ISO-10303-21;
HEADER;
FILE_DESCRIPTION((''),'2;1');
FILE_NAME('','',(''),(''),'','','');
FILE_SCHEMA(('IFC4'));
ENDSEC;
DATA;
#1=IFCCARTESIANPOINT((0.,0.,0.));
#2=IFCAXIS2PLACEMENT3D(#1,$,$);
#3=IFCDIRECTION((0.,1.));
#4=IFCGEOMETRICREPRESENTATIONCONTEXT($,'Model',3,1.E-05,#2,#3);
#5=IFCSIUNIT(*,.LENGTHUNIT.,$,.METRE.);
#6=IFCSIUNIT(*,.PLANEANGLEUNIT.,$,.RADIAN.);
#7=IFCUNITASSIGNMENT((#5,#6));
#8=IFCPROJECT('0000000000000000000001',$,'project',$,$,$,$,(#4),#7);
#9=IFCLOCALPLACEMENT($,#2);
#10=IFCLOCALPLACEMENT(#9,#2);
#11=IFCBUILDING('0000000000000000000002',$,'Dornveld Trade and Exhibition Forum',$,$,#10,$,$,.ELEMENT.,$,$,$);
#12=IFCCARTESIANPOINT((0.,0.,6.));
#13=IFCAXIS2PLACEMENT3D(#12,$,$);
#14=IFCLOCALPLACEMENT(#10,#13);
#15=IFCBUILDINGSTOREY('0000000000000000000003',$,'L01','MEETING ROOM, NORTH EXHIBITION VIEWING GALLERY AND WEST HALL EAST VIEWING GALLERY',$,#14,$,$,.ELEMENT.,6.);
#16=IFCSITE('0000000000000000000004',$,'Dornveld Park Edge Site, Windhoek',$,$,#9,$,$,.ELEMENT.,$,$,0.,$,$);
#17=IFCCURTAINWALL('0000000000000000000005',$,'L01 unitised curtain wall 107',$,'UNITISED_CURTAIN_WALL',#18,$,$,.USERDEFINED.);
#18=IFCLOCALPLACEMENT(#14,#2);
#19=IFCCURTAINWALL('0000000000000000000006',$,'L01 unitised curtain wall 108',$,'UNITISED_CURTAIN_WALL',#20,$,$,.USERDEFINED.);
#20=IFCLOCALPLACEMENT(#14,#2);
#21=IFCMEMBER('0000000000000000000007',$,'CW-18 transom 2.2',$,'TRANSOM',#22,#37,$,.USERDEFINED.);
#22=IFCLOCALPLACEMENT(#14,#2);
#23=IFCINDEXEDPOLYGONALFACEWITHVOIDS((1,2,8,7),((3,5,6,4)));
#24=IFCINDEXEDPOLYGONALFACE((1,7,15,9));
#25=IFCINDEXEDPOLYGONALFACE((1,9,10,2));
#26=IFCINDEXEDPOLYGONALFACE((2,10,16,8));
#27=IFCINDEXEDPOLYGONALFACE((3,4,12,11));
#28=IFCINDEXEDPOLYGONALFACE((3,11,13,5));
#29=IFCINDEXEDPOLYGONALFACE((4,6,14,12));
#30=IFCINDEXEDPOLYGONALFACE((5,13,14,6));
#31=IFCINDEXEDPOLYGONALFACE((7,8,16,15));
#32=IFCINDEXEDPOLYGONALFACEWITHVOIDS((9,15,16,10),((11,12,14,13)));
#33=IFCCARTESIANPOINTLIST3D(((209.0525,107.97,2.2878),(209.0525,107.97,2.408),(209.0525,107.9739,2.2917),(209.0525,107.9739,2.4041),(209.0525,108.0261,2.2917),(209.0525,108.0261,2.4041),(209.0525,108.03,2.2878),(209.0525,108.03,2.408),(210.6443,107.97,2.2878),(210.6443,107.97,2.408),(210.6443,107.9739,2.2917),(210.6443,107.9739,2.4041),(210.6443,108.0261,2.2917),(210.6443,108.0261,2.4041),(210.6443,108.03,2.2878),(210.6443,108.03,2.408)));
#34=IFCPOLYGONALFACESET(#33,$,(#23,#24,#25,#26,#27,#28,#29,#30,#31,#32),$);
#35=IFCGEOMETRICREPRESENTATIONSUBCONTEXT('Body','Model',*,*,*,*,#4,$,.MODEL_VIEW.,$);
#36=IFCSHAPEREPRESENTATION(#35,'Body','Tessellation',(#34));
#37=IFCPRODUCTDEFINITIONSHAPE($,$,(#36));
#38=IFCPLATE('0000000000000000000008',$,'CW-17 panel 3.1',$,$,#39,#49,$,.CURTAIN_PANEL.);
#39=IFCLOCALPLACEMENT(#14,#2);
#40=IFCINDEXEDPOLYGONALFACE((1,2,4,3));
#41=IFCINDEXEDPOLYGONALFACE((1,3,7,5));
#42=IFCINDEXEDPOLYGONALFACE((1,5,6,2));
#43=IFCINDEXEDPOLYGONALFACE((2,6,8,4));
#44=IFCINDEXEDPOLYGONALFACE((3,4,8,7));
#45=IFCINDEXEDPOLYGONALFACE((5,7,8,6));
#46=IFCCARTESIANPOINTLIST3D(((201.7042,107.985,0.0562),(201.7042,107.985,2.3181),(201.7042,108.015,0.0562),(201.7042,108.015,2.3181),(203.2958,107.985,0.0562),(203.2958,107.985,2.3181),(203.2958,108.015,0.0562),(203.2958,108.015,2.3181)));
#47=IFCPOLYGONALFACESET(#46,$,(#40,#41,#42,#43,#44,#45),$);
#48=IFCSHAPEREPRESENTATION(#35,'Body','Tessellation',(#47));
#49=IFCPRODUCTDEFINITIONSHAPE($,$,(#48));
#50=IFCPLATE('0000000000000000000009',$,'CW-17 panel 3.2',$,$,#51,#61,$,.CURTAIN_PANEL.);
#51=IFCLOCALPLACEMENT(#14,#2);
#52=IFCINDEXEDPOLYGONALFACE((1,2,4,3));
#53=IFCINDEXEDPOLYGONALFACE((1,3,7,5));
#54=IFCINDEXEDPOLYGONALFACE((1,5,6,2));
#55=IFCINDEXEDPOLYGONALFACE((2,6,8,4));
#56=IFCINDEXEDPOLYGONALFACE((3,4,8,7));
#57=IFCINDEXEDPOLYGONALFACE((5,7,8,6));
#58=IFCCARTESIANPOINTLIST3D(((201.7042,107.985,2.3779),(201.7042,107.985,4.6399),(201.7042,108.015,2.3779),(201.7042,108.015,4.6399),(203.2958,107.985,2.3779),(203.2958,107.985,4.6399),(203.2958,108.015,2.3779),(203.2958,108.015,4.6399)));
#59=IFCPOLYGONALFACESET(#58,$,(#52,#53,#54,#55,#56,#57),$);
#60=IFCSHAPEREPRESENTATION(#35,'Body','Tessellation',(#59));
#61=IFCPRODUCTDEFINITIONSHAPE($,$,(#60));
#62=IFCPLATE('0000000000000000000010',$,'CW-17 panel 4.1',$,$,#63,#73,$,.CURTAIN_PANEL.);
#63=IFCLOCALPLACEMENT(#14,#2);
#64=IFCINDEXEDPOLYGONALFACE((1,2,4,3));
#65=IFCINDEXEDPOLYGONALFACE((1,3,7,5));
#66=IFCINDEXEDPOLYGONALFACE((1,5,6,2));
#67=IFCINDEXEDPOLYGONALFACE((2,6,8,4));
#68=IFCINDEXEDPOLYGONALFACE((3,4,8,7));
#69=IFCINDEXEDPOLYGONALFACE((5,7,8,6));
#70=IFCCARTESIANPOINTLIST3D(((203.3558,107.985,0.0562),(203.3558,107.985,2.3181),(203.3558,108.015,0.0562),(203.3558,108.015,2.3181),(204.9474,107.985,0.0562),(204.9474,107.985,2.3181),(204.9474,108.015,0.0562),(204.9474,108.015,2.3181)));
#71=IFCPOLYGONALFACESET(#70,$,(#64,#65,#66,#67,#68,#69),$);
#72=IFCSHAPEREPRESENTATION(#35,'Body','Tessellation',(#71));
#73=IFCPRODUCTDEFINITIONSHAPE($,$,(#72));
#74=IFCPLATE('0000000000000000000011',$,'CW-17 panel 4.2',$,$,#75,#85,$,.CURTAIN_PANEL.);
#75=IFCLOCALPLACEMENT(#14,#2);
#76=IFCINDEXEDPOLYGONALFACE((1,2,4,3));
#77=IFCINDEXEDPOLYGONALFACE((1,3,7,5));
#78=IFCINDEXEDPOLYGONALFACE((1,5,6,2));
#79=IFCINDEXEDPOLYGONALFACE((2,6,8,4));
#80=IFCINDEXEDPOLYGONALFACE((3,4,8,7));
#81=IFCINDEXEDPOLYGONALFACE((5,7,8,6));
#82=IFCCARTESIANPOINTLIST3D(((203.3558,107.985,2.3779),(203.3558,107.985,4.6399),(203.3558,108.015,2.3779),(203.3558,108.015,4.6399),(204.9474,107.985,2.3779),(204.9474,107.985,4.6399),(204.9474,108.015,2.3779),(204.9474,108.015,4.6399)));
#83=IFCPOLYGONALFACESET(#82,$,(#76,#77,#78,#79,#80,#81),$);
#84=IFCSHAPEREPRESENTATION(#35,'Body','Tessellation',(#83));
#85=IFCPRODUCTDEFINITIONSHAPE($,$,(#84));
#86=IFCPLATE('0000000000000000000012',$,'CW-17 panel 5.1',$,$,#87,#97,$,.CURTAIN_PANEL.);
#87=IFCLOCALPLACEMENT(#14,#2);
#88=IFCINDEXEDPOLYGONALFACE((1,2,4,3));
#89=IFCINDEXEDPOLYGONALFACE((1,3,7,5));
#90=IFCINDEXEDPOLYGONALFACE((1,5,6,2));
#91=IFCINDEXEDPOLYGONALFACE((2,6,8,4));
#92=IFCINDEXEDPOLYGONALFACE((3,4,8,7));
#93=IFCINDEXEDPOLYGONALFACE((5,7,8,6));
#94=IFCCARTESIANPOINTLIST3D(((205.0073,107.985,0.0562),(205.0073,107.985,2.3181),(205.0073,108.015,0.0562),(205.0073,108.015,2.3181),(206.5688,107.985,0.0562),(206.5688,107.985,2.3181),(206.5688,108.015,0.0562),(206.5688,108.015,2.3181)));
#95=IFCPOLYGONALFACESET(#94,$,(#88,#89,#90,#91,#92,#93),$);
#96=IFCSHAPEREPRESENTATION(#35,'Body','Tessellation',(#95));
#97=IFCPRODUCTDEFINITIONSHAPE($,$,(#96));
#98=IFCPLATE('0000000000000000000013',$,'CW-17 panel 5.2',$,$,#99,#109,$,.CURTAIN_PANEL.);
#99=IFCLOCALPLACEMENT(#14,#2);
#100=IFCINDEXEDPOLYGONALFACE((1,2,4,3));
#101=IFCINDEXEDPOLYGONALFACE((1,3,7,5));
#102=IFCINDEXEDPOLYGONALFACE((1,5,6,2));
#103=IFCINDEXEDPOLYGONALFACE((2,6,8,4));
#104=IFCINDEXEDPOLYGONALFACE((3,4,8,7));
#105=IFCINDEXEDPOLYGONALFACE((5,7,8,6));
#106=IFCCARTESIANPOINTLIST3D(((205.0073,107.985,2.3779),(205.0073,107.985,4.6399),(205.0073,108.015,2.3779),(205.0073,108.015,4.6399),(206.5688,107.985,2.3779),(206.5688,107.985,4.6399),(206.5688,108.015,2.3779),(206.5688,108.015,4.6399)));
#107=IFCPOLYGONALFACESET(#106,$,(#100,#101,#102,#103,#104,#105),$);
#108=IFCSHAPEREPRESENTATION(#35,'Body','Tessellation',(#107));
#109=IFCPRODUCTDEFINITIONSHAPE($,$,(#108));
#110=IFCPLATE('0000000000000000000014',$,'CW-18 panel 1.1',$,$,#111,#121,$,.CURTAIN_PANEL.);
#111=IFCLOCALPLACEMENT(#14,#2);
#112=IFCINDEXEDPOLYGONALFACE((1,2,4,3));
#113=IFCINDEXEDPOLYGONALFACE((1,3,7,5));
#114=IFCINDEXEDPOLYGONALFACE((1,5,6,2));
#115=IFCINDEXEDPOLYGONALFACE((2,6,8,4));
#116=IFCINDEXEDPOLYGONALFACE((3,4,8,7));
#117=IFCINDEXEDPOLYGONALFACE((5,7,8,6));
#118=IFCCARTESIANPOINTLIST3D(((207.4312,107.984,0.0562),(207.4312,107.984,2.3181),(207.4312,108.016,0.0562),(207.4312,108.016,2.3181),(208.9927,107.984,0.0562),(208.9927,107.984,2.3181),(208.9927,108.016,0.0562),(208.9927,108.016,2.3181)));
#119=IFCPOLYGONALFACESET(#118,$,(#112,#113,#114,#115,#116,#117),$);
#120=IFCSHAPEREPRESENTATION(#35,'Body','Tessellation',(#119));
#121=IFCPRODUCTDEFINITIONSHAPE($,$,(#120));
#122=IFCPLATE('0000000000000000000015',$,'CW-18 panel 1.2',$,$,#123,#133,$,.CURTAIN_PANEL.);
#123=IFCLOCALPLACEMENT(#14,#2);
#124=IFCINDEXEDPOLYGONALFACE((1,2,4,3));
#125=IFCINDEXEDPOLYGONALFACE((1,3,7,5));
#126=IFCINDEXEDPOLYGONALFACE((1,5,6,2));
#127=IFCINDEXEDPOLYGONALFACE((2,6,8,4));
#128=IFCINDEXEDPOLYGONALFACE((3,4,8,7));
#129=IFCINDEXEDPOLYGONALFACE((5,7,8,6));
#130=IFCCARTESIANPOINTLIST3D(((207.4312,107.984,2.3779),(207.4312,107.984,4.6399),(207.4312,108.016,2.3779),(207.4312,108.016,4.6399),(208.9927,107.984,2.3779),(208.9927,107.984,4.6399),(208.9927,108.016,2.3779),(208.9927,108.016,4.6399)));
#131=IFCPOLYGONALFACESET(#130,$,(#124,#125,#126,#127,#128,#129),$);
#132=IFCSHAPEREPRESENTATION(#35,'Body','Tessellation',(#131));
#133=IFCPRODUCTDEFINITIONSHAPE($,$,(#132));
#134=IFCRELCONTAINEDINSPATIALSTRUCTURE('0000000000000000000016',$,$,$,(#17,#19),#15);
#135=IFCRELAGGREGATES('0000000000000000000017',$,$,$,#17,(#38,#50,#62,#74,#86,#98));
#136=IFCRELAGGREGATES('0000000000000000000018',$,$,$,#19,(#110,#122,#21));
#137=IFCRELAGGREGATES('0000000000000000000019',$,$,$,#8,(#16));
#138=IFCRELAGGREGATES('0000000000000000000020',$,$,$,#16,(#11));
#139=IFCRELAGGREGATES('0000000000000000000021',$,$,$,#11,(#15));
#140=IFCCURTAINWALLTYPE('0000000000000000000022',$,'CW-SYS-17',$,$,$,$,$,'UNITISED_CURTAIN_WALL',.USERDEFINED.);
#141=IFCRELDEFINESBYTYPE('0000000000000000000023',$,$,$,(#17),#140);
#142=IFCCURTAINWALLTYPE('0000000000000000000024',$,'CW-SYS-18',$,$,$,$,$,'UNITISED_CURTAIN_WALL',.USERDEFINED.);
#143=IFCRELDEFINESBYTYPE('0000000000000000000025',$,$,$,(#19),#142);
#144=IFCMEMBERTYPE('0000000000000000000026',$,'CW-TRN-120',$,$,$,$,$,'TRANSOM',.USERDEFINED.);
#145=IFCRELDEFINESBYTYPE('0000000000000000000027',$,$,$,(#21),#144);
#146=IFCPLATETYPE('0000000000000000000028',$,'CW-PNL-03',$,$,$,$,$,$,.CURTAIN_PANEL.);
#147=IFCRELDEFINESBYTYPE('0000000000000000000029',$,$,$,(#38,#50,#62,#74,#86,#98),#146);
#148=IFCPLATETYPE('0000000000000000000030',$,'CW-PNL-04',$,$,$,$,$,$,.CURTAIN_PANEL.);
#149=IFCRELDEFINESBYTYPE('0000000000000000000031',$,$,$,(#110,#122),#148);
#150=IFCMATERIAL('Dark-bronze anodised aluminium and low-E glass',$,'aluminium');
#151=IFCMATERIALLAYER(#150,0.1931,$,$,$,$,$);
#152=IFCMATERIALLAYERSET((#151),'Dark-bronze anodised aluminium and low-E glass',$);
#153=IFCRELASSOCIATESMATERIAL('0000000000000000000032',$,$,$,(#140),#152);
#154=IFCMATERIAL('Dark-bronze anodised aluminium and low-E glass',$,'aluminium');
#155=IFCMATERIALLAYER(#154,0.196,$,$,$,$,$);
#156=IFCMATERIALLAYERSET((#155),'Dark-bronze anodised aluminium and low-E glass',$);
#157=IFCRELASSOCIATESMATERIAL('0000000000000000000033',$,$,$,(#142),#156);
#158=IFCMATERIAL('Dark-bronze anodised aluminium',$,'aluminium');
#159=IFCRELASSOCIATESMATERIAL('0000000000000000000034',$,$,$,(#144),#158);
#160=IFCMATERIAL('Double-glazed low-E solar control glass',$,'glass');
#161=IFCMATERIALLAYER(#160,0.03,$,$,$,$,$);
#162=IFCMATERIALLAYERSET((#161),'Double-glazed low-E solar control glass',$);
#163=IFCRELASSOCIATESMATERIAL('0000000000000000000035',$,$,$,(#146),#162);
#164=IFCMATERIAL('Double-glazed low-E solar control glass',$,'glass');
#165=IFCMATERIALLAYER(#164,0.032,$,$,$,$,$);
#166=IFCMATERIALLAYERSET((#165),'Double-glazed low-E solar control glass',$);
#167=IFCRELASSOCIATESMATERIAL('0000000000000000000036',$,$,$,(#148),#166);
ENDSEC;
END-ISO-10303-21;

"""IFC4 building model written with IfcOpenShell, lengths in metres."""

from ifc_helpers import new_model, si_unit, direction, frame, origin, origin_2d, place, context, subcontext, project, spatial, rectangle, hollow_rectangle, extrude, material, layer, layer_set, material_profile, profile_set, type_object, element, aggregate, save


model = new_model("IFC4")

# Units and contexts
model_context = context("Model", 3, precision=1e-05, world=origin(), true_north=direction((0.0, 1.0)))
body_context = subcontext(model_context, "Body", "Model", "MODEL_VIEW")
ifc_project = project(units=[si_unit("LENGTHUNIT", "METRE"), si_unit("PLANEANGLEUNIT", "RADIAN")], contexts=[model_context])

# Site, building, storey
site_placement = place(None, origin())
site = spatial("IfcSite", under=ifc_project, at=site_placement, Name="Dornveld Park Edge Site, Windhoek", CompositionType="ELEMENT", RefElevation=0.0)
building_placement = place(site_placement, origin())
building = spatial("IfcBuilding", under=site, at=building_placement, Name="Dornveld Trade and Exhibition Forum", CompositionType="ELEMENT")
storey_placement = place(building_placement, frame((0.0, 0.0, 6.0)))
storey = spatial("IfcBuildingStorey", under=building, at=storey_placement, Name="L01", Description="MEETING ROOM, NORTH EXHIBITION VIEWING GALLERY AND WEST HALL EAST VIEWING GALLERY", CompositionType="ELEMENT", Elevation=6.0)

# Curtain walls
ifc_material_1 = material(Name="Dark-bronze anodised aluminium and low-E glass", Category="aluminium")
ifc_layer_1 = layer(ifc_material_1, 0.1931)
ifc_layer_set_1 = layer_set([ifc_layer_1], Name="Dark-bronze anodised aluminium and low-E glass")
curtain_wall_type_1 = type_object("IfcCurtainWallType", Name="CW-SYS-17", ElementType="UNITISED_CURTAIN_WALL", PredefinedType="USERDEFINED", material=ifc_layer_set_1)
curtain_wall_1_placement = place(storey_placement, origin())
curtain_wall_1 = element("IfcCurtainWall", 1, at=curtain_wall_1_placement, inside=storey, type_object=curtain_wall_type_1, Name="L01 unitised curtain wall 107", ObjectType="UNITISED_CURTAIN_WALL", PredefinedType="USERDEFINED")
ifc_material_2 = material(Name="Dark-bronze anodised aluminium and low-E glass", Category="aluminium")
ifc_layer_2 = layer(ifc_material_2, 0.196)
ifc_layer_set_2 = layer_set([ifc_layer_2], Name="Dark-bronze anodised aluminium and low-E glass")
curtain_wall_type_2 = type_object("IfcCurtainWallType", Name="CW-SYS-18", ElementType="UNITISED_CURTAIN_WALL", PredefinedType="USERDEFINED", material=ifc_layer_set_2)
curtain_wall_2_placement = place(storey_placement, origin())
curtain_wall_2 = element("IfcCurtainWall", 2, at=curtain_wall_2_placement, inside=storey, type_object=curtain_wall_type_2, Name="L01 unitised curtain wall 108", ObjectType="UNITISED_CURTAIN_WALL", PredefinedType="USERDEFINED")

# Member
ifc_material_3 = material(Name="Dark-bronze anodised aluminium", Category="aluminium")
ifc_material_profile_1 = material_profile(ifc_material_3, hollow_rectangle(XDim=0.0601, YDim=0.1201, WallThickness=0.0039, at=origin_2d()), Name="RHS 120x60x4")
ifc_profile_set_1 = profile_set([ifc_material_profile_1], Name="Dark-bronze anodised aluminium")
member_type_1 = type_object("IfcMemberType", Name="CW-TRN-120", ElementType="TRANSOM", PredefinedType="USERDEFINED", material=ifc_profile_set_1)
member_1_placement = place(storey_placement, frame((209.0525, 108.0, 2.3479), z_axis=(1.0, 0.0, 0.0), x_axis=(0.0, 1.0, 0.0)))
member_1 = element("IfcMember", 3, at=member_1_placement, type_object=member_type_1, Name="CW-18 transom 2.2", ObjectType="TRANSOM", PredefinedType="USERDEFINED", context=body_context, shape_type="SweptSolid", body=[
    extrude(hollow_rectangle(XDim=0.0601, YDim=0.1201, WallThickness=0.0039, at=origin_2d()), origin(), (0.0, 0.0, 1.0), 1.5918),
])

# Plates
ifc_material_4 = material(Name="Double-glazed low-E solar control glass", Category="glass")
ifc_layer_3 = layer(ifc_material_4, 0.03)
ifc_layer_set_3 = layer_set([ifc_layer_3], Name="Double-glazed low-E solar control glass")
plate_type_1 = type_object("IfcPlateType", Name="CW-PNL-03", PredefinedType="CURTAIN_PANEL", material=ifc_layer_set_3)
plate_1_placement = place(storey_placement, frame((202.5, 108.0, 0.0562), z_axis=(0.0, 0.0, 1.0), x_axis=(1.0, 0.0, 0.0)))
plate_1 = element("IfcPlate", 4, at=plate_1_placement, type_object=plate_type_1, Name="CW-17 panel 3.1", PredefinedType="CURTAIN_PANEL", context=body_context, shape_type="SweptSolid", body=[
    extrude(rectangle(XDim=1.5916, YDim=0.03, at=origin_2d()), origin(), (0.0, 0.0, 1.0), 2.262),
])
plate_2_placement = place(storey_placement, frame((202.5, 108.0, 2.3779), z_axis=(0.0, 0.0, 1.0), x_axis=(1.0, 0.0, 0.0)))
plate_2 = element("IfcPlate", 5, at=plate_2_placement, type_object=plate_type_1, Name="CW-17 panel 3.2", PredefinedType="CURTAIN_PANEL", context=body_context, shape_type="SweptSolid", body=[
    extrude(rectangle(XDim=1.5916, YDim=0.03, at=origin_2d()), origin(), (0.0, 0.0, 1.0), 2.262),
])
plate_3_placement = place(storey_placement, frame((204.1516, 108.0, 0.0562), z_axis=(0.0, 0.0, 1.0), x_axis=(1.0, 0.0, 0.0)))
plate_3 = element("IfcPlate", 6, at=plate_3_placement, type_object=plate_type_1, Name="CW-17 panel 4.1", PredefinedType="CURTAIN_PANEL", context=body_context, shape_type="SweptSolid", body=[
    extrude(rectangle(XDim=1.5916, YDim=0.03, at=origin_2d()), origin(), (0.0, 0.0, 1.0), 2.262),
])
plate_4_placement = place(storey_placement, frame((204.1516, 108.0, 2.3779), z_axis=(0.0, 0.0, 1.0), x_axis=(1.0, 0.0, 0.0)))
plate_4 = element("IfcPlate", 7, at=plate_4_placement, type_object=plate_type_1, Name="CW-17 panel 4.2", PredefinedType="CURTAIN_PANEL", context=body_context, shape_type="SweptSolid", body=[
    extrude(rectangle(XDim=1.5916, YDim=0.03, at=origin_2d()), origin(), (0.0, 0.0, 1.0), 2.262),
])
plate_5_placement = place(storey_placement, frame((205.7881, 108.0, 0.0562), z_axis=(0.0, 0.0, 1.0), x_axis=(1.0, 0.0, 0.0)))
plate_5 = element("IfcPlate", 8, at=plate_5_placement, type_object=plate_type_1, Name="CW-17 panel 5.1", PredefinedType="CURTAIN_PANEL", context=body_context, shape_type="SweptSolid", body=[
    extrude(rectangle(XDim=1.5615, YDim=0.03, at=origin_2d()), origin(), (0.0, 0.0, 1.0), 2.262),
])
plate_6_placement = place(storey_placement, frame((205.7881, 108.0, 2.3779), z_axis=(0.0, 0.0, 1.0), x_axis=(1.0, 0.0, 0.0)))
plate_6 = element("IfcPlate", 9, at=plate_6_placement, type_object=plate_type_1, Name="CW-17 panel 5.2", PredefinedType="CURTAIN_PANEL", context=body_context, shape_type="SweptSolid", body=[
    extrude(rectangle(XDim=1.5615, YDim=0.03, at=origin_2d()), origin(), (0.0, 0.0, 1.0), 2.262),
])
aggregate(curtain_wall_1, [plate_1, plate_2, plate_3, plate_4, plate_5, plate_6])
ifc_material_5 = material(Name="Double-glazed low-E solar control glass", Category="glass")
ifc_layer_4 = layer(ifc_material_5, 0.032)
ifc_layer_set_4 = layer_set([ifc_layer_4], Name="Double-glazed low-E solar control glass")
plate_type_2 = type_object("IfcPlateType", Name="CW-PNL-04", PredefinedType="CURTAIN_PANEL", material=ifc_layer_set_4)
plate_7_placement = place(storey_placement, frame((208.2119, 108.0, 0.0562), z_axis=(0.0, 0.0, 1.0), x_axis=(1.0, 0.0, 0.0)))
plate_7 = element("IfcPlate", 10, at=plate_7_placement, type_object=plate_type_2, Name="CW-18 panel 1.1", PredefinedType="CURTAIN_PANEL", context=body_context, shape_type="SweptSolid", body=[
    extrude(rectangle(XDim=1.5615, YDim=0.032, at=origin_2d()), origin(), (0.0, 0.0, 1.0), 2.262),
])
plate_8_placement = place(storey_placement, frame((208.2119, 108.0, 2.3779), z_axis=(0.0, 0.0, 1.0), x_axis=(1.0, 0.0, 0.0)))
plate_8 = element("IfcPlate", 11, at=plate_8_placement, type_object=plate_type_2, Name="CW-18 panel 1.2", PredefinedType="CURTAIN_PANEL", context=body_context, shape_type="SweptSolid", body=[
    extrude(rectangle(XDim=1.5615, YDim=0.032, at=origin_2d()), origin(), (0.0, 0.0, 1.0), 2.262),
])
aggregate(curtain_wall_2, [plate_7, plate_8, member_1])

save(model, "model.ifc")
